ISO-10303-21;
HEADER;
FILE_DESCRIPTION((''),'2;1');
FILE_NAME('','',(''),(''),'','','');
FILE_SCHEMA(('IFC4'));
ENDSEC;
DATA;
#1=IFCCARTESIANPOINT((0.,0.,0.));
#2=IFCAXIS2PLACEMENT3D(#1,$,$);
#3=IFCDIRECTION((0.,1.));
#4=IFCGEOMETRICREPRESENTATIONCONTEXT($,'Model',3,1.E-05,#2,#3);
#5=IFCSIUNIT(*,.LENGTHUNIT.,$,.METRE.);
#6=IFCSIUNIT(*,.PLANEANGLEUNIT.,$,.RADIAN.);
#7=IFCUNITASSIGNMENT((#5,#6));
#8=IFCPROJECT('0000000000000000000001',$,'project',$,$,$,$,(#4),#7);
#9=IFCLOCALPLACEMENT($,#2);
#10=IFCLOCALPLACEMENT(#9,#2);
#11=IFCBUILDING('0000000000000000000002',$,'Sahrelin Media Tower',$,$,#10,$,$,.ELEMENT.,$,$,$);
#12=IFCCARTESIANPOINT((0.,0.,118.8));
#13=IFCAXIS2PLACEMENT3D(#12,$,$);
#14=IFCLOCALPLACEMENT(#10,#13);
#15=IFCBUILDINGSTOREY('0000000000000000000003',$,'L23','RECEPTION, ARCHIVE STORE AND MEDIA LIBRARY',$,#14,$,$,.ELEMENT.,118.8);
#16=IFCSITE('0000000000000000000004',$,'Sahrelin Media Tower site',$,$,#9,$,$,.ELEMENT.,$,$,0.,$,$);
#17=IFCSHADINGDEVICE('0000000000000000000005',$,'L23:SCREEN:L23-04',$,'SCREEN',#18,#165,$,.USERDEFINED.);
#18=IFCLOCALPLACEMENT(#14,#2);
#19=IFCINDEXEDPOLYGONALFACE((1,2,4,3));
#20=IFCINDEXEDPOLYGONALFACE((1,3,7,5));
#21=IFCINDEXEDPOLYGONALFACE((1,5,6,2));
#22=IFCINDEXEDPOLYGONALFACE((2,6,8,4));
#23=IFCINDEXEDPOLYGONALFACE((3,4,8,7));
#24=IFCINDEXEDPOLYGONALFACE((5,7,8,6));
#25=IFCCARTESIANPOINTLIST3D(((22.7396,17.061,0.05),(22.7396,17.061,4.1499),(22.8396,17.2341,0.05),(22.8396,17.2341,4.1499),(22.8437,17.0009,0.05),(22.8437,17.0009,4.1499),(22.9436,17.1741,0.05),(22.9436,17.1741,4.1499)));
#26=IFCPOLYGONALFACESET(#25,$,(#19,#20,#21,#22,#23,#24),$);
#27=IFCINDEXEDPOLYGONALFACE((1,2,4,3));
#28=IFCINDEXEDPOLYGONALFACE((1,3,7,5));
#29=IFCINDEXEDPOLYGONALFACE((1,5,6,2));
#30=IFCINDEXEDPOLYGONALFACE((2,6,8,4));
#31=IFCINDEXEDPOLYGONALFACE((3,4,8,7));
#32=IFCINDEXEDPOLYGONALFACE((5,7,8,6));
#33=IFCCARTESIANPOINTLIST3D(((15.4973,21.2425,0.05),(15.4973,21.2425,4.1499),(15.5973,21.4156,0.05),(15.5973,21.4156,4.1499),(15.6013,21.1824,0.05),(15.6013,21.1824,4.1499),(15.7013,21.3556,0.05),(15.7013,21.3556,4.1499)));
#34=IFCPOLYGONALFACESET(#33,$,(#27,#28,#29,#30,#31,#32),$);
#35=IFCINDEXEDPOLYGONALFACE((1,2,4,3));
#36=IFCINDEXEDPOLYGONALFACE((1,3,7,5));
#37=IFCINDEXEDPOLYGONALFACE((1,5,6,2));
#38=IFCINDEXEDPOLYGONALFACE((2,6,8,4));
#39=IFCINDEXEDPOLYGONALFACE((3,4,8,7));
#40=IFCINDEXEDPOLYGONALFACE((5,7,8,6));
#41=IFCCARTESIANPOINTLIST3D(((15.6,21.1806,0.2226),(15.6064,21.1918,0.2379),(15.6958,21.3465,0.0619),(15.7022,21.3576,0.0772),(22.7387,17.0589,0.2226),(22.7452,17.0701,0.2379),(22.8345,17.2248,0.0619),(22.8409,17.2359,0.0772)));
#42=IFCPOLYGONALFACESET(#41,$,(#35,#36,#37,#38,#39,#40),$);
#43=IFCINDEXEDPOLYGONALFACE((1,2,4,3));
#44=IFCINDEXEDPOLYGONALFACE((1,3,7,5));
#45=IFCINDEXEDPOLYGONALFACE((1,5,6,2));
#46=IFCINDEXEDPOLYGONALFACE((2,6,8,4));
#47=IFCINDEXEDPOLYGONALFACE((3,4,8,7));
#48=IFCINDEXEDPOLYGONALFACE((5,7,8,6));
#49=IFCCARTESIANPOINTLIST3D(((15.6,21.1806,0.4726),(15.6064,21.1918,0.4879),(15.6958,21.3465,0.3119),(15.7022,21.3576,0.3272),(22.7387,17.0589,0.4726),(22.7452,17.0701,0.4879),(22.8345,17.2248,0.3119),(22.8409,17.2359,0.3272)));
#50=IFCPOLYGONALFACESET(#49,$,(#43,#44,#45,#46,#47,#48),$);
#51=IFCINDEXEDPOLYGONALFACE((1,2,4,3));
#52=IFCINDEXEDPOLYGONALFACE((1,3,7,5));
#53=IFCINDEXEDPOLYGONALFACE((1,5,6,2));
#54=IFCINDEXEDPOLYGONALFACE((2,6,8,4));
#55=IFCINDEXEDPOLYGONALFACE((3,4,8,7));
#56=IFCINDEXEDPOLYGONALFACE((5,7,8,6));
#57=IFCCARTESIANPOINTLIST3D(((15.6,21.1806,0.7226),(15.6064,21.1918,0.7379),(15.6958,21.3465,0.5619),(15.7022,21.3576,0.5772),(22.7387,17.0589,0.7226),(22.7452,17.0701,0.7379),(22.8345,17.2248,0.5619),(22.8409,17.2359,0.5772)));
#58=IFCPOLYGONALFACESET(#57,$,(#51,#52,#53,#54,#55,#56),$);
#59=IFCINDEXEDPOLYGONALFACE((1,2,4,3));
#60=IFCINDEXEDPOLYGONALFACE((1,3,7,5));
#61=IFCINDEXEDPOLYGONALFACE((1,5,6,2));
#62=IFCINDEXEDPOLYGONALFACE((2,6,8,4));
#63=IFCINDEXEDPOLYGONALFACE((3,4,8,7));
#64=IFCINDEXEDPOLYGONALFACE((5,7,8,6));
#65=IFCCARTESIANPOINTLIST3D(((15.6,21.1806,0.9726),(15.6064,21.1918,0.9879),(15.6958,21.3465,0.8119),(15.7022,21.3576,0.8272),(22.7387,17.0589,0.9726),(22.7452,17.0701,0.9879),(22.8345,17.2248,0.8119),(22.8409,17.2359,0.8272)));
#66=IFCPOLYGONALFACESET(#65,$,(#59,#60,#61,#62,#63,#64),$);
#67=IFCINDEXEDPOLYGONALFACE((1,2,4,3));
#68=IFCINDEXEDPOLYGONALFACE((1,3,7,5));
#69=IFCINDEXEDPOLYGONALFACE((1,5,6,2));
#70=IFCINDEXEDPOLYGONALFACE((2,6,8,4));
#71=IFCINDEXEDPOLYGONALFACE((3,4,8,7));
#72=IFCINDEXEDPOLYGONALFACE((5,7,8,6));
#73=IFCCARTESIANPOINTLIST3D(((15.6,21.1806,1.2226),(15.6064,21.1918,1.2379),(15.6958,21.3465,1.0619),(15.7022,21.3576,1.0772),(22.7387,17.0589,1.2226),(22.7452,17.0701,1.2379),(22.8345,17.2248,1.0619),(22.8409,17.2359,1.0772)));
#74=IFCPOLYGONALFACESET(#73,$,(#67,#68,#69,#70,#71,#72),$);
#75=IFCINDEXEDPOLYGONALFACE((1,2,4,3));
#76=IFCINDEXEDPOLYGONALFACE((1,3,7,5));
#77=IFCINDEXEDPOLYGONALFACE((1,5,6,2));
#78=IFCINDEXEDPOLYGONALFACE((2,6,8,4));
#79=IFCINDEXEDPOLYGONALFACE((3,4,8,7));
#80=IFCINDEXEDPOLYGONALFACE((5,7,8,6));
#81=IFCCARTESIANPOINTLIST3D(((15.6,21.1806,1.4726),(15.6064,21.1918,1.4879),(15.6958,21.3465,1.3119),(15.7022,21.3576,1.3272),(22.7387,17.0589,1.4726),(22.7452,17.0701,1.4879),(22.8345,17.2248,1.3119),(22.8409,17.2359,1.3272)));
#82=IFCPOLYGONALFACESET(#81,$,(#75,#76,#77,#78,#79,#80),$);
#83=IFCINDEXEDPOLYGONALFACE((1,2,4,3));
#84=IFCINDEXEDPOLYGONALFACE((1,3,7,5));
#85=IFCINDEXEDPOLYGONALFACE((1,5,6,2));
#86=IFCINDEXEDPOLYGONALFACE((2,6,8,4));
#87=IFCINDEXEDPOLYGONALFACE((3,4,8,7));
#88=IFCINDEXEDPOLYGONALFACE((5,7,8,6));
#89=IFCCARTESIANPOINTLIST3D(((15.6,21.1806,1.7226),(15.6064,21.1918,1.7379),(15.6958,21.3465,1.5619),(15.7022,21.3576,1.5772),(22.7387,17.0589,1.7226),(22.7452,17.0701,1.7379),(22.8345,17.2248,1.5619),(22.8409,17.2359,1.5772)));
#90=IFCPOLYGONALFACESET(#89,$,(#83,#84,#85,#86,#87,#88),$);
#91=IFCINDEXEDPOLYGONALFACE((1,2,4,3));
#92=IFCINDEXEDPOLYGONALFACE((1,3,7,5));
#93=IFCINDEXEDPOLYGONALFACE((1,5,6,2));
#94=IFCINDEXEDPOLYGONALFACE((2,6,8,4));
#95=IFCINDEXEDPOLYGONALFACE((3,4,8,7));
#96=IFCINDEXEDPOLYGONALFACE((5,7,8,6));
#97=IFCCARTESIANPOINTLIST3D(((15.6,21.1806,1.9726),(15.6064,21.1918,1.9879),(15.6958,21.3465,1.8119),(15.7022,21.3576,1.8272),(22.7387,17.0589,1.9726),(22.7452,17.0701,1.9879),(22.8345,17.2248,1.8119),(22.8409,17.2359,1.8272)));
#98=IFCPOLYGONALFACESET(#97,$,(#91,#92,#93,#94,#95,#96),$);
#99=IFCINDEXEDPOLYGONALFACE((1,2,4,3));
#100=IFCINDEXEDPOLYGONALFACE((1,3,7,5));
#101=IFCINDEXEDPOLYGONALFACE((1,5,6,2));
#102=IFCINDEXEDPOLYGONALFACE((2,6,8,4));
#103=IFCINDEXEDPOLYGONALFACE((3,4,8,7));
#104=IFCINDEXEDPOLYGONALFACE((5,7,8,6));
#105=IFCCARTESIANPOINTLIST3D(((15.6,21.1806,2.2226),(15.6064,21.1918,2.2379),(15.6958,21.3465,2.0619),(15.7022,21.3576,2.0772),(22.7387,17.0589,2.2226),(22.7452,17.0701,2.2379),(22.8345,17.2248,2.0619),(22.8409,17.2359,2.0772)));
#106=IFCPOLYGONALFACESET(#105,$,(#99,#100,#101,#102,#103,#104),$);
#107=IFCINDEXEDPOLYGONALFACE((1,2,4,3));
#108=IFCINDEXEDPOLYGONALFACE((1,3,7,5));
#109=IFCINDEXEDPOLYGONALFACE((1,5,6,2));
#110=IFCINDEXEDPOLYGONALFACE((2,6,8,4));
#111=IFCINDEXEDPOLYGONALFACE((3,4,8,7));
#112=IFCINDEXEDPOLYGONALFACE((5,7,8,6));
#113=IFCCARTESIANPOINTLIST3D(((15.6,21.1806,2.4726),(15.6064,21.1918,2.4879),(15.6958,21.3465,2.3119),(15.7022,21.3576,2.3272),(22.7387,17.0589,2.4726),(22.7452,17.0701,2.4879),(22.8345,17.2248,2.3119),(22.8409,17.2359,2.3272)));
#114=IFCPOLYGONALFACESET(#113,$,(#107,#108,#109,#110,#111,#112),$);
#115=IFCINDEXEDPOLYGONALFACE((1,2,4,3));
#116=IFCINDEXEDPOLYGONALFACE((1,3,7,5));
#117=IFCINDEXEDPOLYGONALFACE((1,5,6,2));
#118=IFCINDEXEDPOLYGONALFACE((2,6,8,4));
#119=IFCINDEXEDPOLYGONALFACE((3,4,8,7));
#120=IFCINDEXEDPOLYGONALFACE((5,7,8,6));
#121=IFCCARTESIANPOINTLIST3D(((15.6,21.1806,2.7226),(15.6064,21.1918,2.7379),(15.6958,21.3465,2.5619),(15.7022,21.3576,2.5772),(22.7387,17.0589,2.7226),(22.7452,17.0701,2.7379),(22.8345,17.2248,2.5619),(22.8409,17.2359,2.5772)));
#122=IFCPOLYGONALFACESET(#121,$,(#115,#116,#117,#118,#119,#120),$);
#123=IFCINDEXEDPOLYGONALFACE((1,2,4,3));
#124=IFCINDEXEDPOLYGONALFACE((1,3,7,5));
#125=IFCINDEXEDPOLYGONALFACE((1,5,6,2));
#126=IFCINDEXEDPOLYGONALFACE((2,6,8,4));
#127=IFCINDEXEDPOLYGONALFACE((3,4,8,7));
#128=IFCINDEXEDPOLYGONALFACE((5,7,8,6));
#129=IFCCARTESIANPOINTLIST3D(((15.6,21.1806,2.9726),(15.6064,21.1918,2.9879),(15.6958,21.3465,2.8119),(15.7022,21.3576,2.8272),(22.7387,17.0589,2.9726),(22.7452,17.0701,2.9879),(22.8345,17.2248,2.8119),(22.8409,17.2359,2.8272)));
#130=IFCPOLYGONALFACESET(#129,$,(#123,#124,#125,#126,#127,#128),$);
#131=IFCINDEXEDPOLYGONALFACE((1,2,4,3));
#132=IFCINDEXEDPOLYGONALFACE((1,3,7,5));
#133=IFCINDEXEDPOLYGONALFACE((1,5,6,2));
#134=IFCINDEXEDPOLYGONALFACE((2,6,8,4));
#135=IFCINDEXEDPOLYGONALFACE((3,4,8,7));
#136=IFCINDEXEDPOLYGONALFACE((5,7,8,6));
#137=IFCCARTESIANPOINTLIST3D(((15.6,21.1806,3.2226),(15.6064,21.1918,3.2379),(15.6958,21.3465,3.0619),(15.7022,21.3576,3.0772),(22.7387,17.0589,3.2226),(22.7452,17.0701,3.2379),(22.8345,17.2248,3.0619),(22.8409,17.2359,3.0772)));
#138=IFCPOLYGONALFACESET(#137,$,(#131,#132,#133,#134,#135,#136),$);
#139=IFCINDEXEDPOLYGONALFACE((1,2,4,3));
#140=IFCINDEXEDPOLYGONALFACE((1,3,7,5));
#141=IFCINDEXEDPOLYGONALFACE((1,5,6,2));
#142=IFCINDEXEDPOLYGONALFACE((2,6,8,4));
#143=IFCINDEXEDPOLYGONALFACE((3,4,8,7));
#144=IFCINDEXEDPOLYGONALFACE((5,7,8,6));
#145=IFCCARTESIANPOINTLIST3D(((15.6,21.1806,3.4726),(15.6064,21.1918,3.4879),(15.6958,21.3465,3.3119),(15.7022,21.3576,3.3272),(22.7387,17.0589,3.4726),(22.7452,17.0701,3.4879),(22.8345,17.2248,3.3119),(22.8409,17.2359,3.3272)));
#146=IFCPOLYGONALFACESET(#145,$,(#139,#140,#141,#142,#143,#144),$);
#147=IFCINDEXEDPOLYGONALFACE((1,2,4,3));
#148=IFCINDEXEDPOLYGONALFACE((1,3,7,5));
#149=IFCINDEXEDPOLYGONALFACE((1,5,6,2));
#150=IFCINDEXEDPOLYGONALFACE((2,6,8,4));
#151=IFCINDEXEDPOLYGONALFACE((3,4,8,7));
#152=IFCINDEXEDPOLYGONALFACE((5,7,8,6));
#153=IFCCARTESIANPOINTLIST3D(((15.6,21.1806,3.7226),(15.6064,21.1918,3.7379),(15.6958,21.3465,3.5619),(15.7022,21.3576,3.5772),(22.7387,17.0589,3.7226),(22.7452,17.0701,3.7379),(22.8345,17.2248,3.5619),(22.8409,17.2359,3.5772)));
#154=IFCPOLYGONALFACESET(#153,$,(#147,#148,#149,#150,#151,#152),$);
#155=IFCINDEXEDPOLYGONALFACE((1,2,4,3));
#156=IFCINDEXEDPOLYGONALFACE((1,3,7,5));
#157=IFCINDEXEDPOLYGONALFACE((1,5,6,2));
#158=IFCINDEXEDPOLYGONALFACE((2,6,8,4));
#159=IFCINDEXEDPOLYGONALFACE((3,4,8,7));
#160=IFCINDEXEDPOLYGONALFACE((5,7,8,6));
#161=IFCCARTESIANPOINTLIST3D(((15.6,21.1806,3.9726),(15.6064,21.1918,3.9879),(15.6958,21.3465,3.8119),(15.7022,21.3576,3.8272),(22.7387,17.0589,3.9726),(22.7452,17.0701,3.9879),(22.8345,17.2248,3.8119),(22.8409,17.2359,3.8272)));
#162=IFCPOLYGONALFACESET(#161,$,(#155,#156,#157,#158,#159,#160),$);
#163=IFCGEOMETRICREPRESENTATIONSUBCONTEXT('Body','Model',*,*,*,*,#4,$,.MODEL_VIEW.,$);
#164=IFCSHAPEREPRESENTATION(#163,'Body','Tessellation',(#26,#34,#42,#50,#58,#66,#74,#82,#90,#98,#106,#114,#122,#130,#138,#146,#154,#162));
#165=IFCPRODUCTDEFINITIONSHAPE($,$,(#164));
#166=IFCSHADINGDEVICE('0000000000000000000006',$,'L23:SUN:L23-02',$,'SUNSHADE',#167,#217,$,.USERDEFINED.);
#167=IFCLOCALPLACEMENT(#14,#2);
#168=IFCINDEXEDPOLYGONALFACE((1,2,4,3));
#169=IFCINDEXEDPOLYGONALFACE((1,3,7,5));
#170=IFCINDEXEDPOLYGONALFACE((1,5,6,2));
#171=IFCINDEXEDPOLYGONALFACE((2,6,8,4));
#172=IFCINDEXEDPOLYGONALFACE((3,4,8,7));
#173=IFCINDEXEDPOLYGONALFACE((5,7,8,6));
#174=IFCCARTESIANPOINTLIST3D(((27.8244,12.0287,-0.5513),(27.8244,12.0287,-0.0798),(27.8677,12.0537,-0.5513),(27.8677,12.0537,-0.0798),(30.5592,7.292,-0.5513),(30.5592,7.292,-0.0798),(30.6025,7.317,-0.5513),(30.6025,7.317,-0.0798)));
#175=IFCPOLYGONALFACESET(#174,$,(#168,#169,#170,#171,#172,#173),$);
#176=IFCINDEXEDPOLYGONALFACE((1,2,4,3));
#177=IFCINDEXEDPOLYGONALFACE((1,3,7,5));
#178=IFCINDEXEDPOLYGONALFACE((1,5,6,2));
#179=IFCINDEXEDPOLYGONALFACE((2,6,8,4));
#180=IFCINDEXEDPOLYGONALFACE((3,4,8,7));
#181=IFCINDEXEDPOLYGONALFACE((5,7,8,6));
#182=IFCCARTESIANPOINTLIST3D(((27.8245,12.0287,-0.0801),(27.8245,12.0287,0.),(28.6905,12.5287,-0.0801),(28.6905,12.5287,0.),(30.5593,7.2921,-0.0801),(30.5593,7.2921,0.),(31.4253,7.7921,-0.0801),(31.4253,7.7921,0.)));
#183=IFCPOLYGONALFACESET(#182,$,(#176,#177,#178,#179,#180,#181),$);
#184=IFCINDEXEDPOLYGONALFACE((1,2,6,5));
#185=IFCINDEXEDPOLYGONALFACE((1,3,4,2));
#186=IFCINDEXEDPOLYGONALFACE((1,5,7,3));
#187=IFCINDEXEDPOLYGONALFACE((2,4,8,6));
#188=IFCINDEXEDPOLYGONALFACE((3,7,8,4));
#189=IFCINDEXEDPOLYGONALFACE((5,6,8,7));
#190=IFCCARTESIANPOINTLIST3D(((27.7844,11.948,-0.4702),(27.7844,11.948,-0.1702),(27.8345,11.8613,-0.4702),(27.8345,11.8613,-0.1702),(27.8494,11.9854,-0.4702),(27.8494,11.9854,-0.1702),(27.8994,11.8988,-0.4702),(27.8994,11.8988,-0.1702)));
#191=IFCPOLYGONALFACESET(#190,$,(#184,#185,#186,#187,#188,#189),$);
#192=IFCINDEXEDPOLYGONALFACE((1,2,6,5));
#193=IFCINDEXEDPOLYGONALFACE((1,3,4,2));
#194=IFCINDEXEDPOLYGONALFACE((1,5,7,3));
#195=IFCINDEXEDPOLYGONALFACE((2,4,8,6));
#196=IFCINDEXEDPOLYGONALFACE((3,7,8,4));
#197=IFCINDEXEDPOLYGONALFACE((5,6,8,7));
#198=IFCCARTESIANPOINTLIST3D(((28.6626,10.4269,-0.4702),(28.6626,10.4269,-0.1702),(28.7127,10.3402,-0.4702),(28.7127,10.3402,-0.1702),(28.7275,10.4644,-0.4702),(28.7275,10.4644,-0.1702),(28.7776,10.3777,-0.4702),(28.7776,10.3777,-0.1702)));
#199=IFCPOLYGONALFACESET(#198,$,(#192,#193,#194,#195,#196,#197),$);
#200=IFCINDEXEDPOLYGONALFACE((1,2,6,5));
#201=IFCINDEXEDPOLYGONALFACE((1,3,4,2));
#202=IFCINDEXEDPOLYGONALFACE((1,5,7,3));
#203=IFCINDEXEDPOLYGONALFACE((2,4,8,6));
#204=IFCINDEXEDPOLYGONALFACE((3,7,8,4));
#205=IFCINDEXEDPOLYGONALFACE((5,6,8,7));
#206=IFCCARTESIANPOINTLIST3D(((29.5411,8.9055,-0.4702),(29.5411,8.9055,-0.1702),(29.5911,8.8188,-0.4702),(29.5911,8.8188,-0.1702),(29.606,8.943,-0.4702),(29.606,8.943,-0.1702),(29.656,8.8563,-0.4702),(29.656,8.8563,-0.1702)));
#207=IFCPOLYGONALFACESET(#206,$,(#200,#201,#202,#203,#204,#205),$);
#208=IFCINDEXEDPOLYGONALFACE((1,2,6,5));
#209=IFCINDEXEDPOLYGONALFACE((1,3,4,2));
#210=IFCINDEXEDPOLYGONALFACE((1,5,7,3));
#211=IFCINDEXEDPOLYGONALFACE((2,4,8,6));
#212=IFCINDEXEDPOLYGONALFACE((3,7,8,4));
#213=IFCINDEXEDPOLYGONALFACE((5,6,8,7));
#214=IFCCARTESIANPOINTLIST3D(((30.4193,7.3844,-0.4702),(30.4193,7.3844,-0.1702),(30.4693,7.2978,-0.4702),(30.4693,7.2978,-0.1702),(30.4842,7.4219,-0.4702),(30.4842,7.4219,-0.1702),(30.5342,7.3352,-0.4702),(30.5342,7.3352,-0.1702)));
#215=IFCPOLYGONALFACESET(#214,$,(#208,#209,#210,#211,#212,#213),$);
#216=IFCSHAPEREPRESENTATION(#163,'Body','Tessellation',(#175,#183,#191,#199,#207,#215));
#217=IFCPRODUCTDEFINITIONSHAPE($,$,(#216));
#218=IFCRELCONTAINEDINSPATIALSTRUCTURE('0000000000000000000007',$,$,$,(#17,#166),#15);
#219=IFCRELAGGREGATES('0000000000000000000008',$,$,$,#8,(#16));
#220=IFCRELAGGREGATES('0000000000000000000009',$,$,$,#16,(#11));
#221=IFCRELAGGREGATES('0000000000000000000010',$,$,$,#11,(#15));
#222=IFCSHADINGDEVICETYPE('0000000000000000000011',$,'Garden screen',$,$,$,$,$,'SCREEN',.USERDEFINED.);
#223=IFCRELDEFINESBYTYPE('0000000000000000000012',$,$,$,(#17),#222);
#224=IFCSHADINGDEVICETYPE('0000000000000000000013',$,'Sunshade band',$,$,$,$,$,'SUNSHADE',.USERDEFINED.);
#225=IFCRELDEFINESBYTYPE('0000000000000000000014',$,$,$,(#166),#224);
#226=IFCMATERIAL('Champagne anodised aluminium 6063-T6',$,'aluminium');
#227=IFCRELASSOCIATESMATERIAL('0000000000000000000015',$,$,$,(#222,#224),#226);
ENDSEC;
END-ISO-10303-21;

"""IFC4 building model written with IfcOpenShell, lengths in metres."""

from ifc_helpers import new_model, si_unit, direction, frame, origin, origin_2d, place, context, subcontext, project, spatial, rectangle, extrude, material, type_object, element, save


model = new_model("IFC4")

# Units and contexts
model_context = context("Model", 3, precision=1e-05, world=origin(), true_north=direction((0.0, 1.0)))
body_context = subcontext(model_context, "Body", "Model", "MODEL_VIEW")
ifc_project = project(units=[si_unit("LENGTHUNIT", "METRE"), si_unit("PLANEANGLEUNIT", "RADIAN")], contexts=[model_context])

# Site, building, storey
site_placement = place(None, origin())
site = spatial("IfcSite", under=ifc_project, at=site_placement, Name="Sahrelin Media Tower site", CompositionType="ELEMENT", RefElevation=0.0)
building_placement = place(site_placement, origin())
building = spatial("IfcBuilding", under=site, at=building_placement, Name="Sahrelin Media Tower", CompositionType="ELEMENT")
storey_placement = place(building_placement, frame((0.0, 0.0, 118.8)))
storey = spatial("IfcBuildingStorey", under=building, at=storey_placement, Name="L23", Description="RECEPTION, ARCHIVE STORE AND MEDIA LIBRARY", CompositionType="ELEMENT", Elevation=118.8)

# Shared definitions
ifc_material_1 = material(Name="Champagne anodised aluminium 6063-T6", Category="aluminium")

# Shading device
placement_1 = place(storey_placement, frame((29.1746, 9.6504, 0.0), z_axis=(0.0, 0.0, 1.0), x_axis=(0.500011, -0.866019, 0.0)))
shading_device_type_1 = type_object("IfcShadingDeviceType", Name="Garden screen", ElementType="SCREEN", PredefinedType="USERDEFINED", material=ifc_material_1)
shading_device_1_placement = place(storey_placement, frame((19.1704, 19.1216, 0.0), z_axis=(0.0, 0.0, 1.0), x_axis=(0.866019, -0.500011, 0.0)))
element("IfcShadingDevice", 1, at=shading_device_1_placement, inside=storey, type_object=shading_device_type_1, Name="L23:SCREEN:L23-04", ObjectType="SCREEN", PredefinedType="USERDEFINED", context=body_context, shape_type="SweptSolid", body=[
    extrude(rectangle(XDim=0.1201, YDim=0.2, at=origin_2d()), frame((4.1814, 0.1001, 0.05), z_axis=(0.0, 0.0, 1.0), x_axis=(1.0, 0.0, 0.0)), (0.0, 0.0, 1.0), 4.0999),
    extrude(rectangle(XDim=0.1201, YDim=0.2, at=origin_2d()), frame((-4.1814, 0.1001, 0.05), z_axis=(0.0, 0.0, 1.0), x_axis=(1.0, 0.0, 0.0)), (0.0, 0.0, 1.0), 4.0999),
    extrude(rectangle(XDim=0.25, YDim=0.02, at=origin_2d()), frame((4.1216, 0.1001, 0.1499), z_axis=(-1.0, 0.0, 0.0), x_axis=(0.0, -0.766044, 0.642788)), (0.0, 0.0, 1.0), 8.2432),
    extrude(rectangle(XDim=0.25, YDim=0.02, at=origin_2d()), frame((4.1216, 0.1001, 0.3999), z_axis=(-1.0, 0.0, 0.0), x_axis=(0.0, -0.766044, 0.642788)), (0.0, 0.0, 1.0), 8.2432),
    extrude(rectangle(XDim=0.25, YDim=0.02, at=origin_2d()), frame((4.1216, 0.1001, 0.6499), z_axis=(-1.0, 0.0, 0.0), x_axis=(0.0, -0.766044, 0.642788)), (0.0, 0.0, 1.0), 8.2432),
    extrude(rectangle(XDim=0.25, YDim=0.02, at=origin_2d()), frame((4.1216, 0.1001, 0.8999), z_axis=(-1.0, 0.0, 0.0), x_axis=(0.0, -0.766044, 0.642788)), (0.0, 0.0, 1.0), 8.2432),
    extrude(rectangle(XDim=0.25, YDim=0.02, at=origin_2d()), frame((4.1216, 0.1001, 1.1499), z_axis=(-1.0, 0.0, 0.0), x_axis=(0.0, -0.766044, 0.642788)), (0.0, 0.0, 1.0), 8.2432),
    extrude(rectangle(XDim=0.25, YDim=0.02, at=origin_2d()), frame((4.1216, 0.1001, 1.3999), z_axis=(-1.0, 0.0, 0.0), x_axis=(0.0, -0.766044, 0.642788)), (0.0, 0.0, 1.0), 8.2432),
    extrude(rectangle(XDim=0.25, YDim=0.02, at=origin_2d()), frame((4.1216, 0.1001, 1.6499), z_axis=(-1.0, 0.0, 0.0), x_axis=(0.0, -0.766044, 0.642788)), (0.0, 0.0, 1.0), 8.2432),
    extrude(rectangle(XDim=0.25, YDim=0.02, at=origin_2d()), frame((4.1216, 0.1001, 1.8999), z_axis=(-1.0, 0.0, 0.0), x_axis=(0.0, -0.766044, 0.642788)), (0.0, 0.0, 1.0), 8.2432),
    extrude(rectangle(XDim=0.25, YDim=0.02, at=origin_2d()), frame((4.1216, 0.1001, 2.1499), z_axis=(-1.0, 0.0, 0.0), x_axis=(0.0, -0.766044, 0.642788)), (0.0, 0.0, 1.0), 8.2432),
    extrude(rectangle(XDim=0.25, YDim=0.02, at=origin_2d()), frame((4.1216, 0.1001, 2.3999), z_axis=(-1.0, 0.0, 0.0), x_axis=(0.0, -0.766044, 0.642788)), (0.0, 0.0, 1.0), 8.2432),
    extrude(rectangle(XDim=0.25, YDim=0.02, at=origin_2d()), frame((4.1216, 0.1001, 2.6499), z_axis=(-1.0, 0.0, 0.0), x_axis=(0.0, -0.766044, 0.642788)), (0.0, 0.0, 1.0), 8.2432),
    extrude(rectangle(XDim=0.25, YDim=0.02, at=origin_2d()), frame((4.1216, 0.1001, 2.8999), z_axis=(-1.0, 0.0, 0.0), x_axis=(0.0, -0.766044, 0.642788)), (0.0, 0.0, 1.0), 8.2432),
    extrude(rectangle(XDim=0.25, YDim=0.02, at=origin_2d()), frame((4.1216, 0.1001, 3.1499), z_axis=(-1.0, 0.0, 0.0), x_axis=(0.0, -0.766044, 0.642788)), (0.0, 0.0, 1.0), 8.2432),
    extrude(rectangle(XDim=0.25, YDim=0.02, at=origin_2d()), frame((4.1216, 0.1001, 3.3999), z_axis=(-1.0, 0.0, 0.0), x_axis=(0.0, -0.766044, 0.642788)), (0.0, 0.0, 1.0), 8.2432),
    extrude(rectangle(XDim=0.25, YDim=0.02, at=origin_2d()), frame((4.1216, 0.1001, 3.6499), z_axis=(-1.0, 0.0, 0.0), x_axis=(0.0, -0.766044, 0.642788)), (0.0, 0.0, 1.0), 8.2432),
    extrude(rectangle(XDim=0.25, YDim=0.02, at=origin_2d()), frame((4.1216, 0.1001, 3.8999), z_axis=(-1.0, 0.0, 0.0), x_axis=(0.0, -0.766044, 0.642788)), (0.0, 0.0, 1.0), 8.2432),
])

# Shading device
shading_device_type_2 = type_object("IfcShadingDeviceType", Name="Sunshade band", ElementType="SUNSHADE", PredefinedType="USERDEFINED", material=ifc_material_1)
element("IfcShadingDevice", 2, at=placement_1, inside=storey, type_object=shading_device_type_2, Name="L23:SUN:L23-02", ObjectType="SUNSHADE", PredefinedType="USERDEFINED", context=body_context, shape_type="SweptSolid", body=[
    extrude(rectangle(XDim=5.4695, YDim=0.05, at=origin_2d()), frame((0.0, 0.0449, -0.5513)), (0.0, 0.0, 1.0), 0.4714),
    extrude(rectangle(XDim=5.4695, YDim=1.0, at=origin_2d()), frame((0.0, 0.52, -0.0801)), (0.0, 0.0, 1.0), 0.0801),
    extrude(rectangle(XDim=0.1001, YDim=0.075, at=origin_2d()), frame((-2.6348, -0.0176, -0.4702)), (0.0, 0.0, 1.0), 0.3),
    extrude(rectangle(XDim=0.1001, YDim=0.075, at=origin_2d()), frame((-0.8784, -0.0176, -0.4702)), (0.0, 0.0, 1.0), 0.3),
    extrude(rectangle(XDim=0.1001, YDim=0.075, at=origin_2d()), frame((0.8784, -0.0176, -0.4702)), (0.0, 0.0, 1.0), 0.3),
    extrude(rectangle(XDim=0.1001, YDim=0.075, at=origin_2d()), frame((2.6348, -0.0176, -0.4702)), (0.0, 0.0, 1.0), 0.3),
])

save(model, "model.ifc")
